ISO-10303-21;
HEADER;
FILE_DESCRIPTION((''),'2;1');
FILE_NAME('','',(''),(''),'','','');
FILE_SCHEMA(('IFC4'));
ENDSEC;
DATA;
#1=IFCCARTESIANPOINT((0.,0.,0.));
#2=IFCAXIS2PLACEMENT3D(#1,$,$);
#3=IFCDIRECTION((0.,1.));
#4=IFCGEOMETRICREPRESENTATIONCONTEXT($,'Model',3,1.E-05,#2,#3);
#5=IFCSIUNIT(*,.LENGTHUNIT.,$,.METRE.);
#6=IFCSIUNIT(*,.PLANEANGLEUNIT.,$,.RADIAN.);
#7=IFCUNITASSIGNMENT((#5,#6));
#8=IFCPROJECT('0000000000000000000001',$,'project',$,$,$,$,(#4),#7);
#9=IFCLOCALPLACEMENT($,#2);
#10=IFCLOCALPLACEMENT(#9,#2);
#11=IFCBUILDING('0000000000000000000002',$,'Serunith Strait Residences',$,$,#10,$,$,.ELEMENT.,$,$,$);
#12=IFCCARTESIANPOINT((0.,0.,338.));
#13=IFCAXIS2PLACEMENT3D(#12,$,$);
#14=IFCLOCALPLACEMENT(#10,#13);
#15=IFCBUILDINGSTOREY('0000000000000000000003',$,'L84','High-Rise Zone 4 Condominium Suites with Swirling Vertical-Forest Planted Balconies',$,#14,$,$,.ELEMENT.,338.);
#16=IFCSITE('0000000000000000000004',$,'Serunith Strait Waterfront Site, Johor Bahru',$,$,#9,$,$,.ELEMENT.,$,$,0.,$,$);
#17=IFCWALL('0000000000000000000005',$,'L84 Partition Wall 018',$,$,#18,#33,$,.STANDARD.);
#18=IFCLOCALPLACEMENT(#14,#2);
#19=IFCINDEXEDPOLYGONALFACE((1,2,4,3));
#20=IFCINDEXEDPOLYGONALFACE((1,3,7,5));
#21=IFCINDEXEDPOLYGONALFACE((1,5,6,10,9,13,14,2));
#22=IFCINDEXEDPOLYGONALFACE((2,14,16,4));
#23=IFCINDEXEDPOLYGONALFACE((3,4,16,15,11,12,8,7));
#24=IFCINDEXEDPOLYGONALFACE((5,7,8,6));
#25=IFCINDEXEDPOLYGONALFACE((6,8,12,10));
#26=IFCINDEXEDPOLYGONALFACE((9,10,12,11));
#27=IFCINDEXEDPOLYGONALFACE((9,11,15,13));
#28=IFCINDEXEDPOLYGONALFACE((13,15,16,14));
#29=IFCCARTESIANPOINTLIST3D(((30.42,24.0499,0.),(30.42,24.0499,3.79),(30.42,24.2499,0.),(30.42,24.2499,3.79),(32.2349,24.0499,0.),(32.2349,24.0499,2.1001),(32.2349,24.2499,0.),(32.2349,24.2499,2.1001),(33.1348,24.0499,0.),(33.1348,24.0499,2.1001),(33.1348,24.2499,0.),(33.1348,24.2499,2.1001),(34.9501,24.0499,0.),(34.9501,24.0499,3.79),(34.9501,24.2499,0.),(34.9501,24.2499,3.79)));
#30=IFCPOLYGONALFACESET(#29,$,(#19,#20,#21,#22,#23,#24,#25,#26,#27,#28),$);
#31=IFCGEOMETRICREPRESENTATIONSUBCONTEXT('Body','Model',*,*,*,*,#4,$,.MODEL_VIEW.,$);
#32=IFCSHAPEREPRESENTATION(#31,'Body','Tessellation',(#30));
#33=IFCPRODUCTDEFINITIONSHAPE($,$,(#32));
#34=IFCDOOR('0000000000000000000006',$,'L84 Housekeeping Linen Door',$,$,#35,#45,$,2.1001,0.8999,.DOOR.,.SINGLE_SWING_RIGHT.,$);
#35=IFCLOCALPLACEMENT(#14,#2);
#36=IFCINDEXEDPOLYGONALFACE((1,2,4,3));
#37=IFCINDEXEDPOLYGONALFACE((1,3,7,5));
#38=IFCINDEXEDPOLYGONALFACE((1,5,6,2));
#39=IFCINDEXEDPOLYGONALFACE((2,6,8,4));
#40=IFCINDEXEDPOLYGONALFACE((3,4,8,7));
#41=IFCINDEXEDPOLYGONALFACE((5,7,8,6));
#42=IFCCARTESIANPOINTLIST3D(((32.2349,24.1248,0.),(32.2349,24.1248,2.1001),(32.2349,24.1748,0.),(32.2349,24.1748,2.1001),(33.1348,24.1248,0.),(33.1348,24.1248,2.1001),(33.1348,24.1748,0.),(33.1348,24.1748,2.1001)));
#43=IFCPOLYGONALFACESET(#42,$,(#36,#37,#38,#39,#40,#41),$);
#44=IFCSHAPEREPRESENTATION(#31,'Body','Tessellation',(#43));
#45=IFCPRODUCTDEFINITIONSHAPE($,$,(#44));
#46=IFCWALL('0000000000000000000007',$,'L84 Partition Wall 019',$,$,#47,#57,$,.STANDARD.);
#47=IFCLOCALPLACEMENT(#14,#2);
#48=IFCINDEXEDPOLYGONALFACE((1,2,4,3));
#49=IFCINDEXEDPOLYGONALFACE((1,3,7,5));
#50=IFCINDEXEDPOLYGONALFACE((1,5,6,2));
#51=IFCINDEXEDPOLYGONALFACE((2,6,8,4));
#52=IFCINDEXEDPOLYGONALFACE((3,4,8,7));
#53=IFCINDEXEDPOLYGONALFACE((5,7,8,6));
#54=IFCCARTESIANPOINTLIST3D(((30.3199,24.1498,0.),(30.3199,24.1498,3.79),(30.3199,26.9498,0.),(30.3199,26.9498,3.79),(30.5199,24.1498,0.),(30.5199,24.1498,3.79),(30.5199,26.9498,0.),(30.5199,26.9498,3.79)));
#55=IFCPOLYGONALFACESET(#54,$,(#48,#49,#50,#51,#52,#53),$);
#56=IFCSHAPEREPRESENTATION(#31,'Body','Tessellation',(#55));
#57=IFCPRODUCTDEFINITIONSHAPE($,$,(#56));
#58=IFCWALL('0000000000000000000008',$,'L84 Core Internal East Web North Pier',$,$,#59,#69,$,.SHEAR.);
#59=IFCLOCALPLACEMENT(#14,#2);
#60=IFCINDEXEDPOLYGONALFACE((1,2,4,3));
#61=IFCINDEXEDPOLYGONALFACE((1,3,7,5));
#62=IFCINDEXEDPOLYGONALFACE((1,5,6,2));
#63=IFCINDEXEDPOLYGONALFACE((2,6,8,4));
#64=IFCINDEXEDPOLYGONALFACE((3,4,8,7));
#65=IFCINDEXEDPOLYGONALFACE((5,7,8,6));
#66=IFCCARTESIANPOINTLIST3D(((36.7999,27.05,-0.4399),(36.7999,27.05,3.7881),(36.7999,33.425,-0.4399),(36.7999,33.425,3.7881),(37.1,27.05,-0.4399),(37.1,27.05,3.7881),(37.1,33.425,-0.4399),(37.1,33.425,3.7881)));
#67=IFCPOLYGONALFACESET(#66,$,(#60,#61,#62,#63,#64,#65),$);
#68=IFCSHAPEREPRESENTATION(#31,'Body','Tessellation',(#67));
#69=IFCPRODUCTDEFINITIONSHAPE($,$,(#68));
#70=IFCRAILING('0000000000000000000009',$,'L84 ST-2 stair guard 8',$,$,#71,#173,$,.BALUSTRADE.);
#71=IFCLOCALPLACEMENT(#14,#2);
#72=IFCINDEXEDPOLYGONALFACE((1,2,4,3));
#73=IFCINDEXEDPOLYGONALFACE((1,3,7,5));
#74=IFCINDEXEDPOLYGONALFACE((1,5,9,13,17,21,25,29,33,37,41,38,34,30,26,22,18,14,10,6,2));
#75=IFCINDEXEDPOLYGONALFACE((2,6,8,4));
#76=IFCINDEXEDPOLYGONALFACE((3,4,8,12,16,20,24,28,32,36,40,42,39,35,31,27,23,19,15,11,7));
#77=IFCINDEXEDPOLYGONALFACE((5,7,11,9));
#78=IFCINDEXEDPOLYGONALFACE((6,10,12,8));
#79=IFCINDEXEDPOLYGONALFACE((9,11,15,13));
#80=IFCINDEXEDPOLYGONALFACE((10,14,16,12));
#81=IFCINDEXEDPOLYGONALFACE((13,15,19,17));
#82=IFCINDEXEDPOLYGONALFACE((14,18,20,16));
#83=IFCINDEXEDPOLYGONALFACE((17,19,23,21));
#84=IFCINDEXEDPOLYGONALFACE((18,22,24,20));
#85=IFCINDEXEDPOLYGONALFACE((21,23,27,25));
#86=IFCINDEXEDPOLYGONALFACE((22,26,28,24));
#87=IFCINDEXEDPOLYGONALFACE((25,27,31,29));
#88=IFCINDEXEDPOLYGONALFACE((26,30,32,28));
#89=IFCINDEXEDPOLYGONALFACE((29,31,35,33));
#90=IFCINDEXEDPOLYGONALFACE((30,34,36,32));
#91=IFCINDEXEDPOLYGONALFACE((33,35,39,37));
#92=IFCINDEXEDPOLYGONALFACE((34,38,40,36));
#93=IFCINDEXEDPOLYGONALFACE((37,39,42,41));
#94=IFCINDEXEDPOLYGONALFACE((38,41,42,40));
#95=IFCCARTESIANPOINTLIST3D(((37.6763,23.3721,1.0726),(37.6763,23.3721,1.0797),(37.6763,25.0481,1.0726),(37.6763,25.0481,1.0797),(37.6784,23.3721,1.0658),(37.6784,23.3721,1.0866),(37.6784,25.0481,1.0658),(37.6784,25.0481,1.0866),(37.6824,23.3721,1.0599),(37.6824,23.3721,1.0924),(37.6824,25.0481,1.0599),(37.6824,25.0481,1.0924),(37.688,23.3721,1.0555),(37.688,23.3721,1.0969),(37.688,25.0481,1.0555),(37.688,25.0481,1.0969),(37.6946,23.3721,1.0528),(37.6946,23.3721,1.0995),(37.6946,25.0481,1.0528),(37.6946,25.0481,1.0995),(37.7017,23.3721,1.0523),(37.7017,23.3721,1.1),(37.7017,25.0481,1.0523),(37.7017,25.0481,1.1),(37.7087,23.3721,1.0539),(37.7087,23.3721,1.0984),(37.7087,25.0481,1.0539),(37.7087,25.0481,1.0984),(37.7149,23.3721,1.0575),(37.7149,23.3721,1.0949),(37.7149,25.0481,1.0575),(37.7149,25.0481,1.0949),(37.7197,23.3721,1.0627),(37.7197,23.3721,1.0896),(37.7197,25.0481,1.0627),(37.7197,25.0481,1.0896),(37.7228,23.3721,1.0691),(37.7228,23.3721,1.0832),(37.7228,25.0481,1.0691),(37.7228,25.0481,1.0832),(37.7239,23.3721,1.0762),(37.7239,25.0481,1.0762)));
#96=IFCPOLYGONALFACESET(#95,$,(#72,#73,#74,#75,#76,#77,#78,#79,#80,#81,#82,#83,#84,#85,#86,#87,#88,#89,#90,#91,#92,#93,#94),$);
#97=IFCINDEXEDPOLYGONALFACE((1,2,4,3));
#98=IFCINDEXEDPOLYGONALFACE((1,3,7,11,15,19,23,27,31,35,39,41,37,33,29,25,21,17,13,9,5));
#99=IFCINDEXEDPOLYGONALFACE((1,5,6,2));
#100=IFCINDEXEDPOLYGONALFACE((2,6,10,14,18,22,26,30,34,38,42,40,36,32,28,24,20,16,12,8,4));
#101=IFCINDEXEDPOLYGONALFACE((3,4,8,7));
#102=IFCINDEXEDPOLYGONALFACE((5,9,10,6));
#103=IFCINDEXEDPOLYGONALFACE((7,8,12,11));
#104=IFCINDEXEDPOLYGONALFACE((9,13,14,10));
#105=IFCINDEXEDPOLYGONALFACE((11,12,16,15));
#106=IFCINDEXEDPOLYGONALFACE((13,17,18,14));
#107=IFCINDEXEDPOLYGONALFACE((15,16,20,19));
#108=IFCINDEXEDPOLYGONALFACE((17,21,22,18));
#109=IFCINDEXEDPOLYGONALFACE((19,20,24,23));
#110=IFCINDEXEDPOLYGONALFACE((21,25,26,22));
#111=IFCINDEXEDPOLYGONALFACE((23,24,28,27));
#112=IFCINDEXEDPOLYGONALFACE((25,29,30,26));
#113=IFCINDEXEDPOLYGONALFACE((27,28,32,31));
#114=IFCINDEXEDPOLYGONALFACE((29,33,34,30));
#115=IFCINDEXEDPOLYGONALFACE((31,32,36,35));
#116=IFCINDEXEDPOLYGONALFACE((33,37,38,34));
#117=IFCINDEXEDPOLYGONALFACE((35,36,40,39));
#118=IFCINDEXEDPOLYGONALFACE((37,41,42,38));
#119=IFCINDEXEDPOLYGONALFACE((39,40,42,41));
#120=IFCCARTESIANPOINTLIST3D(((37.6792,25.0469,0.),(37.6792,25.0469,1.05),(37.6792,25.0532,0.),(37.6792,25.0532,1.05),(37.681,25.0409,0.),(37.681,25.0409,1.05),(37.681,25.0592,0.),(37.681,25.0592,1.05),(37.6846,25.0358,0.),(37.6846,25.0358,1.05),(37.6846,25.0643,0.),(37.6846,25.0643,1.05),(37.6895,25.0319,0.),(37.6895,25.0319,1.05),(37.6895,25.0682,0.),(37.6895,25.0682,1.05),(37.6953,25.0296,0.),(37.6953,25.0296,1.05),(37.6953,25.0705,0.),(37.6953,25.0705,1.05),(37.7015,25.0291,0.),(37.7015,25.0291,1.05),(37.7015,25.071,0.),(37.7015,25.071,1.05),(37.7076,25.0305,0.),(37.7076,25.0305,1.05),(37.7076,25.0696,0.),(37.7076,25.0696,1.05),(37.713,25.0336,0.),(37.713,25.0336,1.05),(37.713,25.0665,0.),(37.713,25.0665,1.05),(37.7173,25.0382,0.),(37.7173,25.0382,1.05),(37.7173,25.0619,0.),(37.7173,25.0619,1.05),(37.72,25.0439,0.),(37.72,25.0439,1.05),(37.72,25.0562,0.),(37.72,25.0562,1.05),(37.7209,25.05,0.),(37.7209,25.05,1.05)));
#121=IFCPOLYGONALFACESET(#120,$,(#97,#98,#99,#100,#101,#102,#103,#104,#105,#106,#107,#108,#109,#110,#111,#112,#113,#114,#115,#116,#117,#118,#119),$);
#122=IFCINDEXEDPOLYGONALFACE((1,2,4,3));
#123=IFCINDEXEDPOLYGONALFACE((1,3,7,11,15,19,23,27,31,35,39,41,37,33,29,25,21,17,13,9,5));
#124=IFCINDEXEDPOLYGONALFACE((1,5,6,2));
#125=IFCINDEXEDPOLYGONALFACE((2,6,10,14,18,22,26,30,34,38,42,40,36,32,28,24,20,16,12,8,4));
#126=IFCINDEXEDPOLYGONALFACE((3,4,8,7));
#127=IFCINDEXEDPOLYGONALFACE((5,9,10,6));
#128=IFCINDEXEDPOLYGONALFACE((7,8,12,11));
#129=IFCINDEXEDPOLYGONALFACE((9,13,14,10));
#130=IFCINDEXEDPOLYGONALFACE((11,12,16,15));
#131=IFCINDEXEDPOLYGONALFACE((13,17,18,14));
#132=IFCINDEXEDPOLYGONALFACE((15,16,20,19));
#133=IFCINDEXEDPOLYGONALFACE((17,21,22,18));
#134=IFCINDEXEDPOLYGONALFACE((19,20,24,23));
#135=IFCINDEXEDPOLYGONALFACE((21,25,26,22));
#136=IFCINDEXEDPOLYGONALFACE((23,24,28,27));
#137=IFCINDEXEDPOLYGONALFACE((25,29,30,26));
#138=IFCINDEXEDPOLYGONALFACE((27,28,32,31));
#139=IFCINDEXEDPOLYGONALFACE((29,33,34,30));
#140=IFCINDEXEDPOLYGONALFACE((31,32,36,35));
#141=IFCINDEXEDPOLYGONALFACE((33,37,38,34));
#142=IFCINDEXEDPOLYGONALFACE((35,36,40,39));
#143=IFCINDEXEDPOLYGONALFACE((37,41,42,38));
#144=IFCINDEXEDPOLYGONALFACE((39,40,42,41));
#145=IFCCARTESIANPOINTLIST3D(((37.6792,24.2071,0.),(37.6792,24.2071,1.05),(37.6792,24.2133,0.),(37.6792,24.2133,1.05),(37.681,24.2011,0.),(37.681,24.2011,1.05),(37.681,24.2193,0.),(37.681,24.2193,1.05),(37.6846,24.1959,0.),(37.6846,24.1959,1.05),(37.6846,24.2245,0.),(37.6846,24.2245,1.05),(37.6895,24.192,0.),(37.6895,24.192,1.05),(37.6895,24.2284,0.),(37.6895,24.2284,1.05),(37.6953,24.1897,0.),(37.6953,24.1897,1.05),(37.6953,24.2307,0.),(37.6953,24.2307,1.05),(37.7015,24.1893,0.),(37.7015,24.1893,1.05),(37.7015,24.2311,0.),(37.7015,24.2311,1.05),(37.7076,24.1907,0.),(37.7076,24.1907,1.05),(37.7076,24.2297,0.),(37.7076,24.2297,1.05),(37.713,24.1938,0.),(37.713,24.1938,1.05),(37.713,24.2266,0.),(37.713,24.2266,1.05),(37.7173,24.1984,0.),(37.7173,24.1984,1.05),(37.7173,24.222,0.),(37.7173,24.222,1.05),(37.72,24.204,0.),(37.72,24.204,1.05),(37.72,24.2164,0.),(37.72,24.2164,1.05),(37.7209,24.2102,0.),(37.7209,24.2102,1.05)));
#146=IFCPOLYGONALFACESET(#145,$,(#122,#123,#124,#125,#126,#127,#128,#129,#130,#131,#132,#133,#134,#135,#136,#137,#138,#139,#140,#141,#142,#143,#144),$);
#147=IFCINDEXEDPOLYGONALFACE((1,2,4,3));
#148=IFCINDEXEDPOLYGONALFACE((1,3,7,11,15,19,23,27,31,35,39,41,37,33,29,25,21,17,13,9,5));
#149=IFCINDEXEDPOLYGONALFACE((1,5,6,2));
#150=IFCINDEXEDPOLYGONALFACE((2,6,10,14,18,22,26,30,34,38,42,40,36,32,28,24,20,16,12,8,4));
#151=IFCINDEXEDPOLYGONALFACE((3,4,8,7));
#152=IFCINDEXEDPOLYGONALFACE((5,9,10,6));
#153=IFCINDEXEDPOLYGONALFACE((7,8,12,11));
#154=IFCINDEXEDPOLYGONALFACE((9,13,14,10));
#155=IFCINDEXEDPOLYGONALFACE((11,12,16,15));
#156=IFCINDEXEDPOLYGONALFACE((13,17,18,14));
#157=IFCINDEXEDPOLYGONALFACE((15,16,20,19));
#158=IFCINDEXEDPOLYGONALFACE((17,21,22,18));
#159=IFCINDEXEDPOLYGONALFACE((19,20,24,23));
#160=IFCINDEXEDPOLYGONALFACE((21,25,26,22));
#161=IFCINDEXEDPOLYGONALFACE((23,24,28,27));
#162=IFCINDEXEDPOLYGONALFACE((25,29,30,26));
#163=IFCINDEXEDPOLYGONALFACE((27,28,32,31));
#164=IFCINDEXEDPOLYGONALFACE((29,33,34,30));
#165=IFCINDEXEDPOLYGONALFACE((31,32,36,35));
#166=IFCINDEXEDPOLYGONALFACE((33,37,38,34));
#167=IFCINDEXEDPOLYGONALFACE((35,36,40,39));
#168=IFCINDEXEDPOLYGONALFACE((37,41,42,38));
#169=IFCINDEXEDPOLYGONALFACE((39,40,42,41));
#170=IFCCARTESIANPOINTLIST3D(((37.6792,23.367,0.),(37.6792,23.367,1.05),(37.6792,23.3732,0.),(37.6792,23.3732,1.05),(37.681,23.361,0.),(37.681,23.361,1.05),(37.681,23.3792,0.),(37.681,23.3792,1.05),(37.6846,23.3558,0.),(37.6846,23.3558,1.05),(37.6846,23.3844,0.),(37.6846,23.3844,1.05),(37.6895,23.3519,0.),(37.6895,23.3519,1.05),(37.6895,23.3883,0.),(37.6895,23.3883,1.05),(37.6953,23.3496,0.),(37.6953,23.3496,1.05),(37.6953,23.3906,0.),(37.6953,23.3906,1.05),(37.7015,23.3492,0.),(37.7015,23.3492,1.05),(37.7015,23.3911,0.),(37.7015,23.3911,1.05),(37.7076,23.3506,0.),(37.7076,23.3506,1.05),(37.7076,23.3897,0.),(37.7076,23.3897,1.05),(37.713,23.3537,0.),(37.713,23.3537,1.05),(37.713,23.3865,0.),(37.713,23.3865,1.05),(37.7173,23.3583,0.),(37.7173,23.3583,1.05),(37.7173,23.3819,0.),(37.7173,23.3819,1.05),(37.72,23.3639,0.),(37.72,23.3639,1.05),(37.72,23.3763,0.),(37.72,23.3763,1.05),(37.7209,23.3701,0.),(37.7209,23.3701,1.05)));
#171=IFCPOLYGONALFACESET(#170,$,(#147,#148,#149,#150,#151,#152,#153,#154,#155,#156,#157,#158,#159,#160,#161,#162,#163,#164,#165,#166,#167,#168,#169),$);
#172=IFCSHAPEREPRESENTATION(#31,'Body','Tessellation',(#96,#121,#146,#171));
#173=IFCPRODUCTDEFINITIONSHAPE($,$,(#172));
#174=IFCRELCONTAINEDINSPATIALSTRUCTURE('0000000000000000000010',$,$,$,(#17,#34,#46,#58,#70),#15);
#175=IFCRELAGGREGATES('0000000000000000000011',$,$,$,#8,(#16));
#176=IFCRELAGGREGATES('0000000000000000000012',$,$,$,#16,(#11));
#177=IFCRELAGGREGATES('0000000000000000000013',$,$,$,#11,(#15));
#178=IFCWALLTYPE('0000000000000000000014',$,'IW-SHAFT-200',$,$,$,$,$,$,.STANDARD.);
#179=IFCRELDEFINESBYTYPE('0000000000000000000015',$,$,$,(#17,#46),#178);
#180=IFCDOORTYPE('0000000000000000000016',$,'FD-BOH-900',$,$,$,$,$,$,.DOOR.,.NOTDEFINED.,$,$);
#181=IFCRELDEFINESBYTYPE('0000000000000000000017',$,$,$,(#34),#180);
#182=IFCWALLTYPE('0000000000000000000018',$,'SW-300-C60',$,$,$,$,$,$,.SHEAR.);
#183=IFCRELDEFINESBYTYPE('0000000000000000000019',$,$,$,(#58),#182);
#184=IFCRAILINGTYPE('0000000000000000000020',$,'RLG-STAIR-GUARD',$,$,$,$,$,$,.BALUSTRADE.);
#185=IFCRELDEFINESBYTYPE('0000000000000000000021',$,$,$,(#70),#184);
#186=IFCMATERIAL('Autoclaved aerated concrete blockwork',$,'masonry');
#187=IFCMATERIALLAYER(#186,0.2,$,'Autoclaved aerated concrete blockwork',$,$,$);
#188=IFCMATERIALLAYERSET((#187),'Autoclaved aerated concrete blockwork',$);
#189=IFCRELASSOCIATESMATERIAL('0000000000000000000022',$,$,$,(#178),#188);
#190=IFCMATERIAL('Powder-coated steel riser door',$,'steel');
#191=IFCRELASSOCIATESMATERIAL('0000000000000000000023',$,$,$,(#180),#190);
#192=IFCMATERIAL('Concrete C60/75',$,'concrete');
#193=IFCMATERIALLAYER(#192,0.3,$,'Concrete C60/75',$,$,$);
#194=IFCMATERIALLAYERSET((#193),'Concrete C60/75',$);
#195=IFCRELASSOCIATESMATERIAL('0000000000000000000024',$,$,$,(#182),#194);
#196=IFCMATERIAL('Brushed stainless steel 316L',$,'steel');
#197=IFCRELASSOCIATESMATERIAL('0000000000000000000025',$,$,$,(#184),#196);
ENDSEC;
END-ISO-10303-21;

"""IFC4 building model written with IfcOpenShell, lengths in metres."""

from ifc_helpers import new_model, si_unit, direction, frame, frame_2d, origin, origin_2d, place, context, subcontext, project, spatial, rectangle, circle, extrude, source, transform, mapped, material, layer, layer_set, type_object, element, fill, save


model = new_model("IFC4")

# Units and contexts
model_context = context("Model", 3, precision=1e-05, world=origin(), true_north=direction((0.0, 1.0)))
body_context = subcontext(model_context, "Body", "Model", "MODEL_VIEW")
ifc_project = project(units=[si_unit("LENGTHUNIT", "METRE"), si_unit("PLANEANGLEUNIT", "RADIAN")], contexts=[model_context])

# Site, building, storey
site_placement = place(None, origin())
site = spatial("IfcSite", under=ifc_project, at=site_placement, Name="Serunith Strait Waterfront Site, Johor Bahru", CompositionType="ELEMENT", RefElevation=0.0)
building_placement = place(site_placement, origin())
building = spatial("IfcBuilding", under=site, at=building_placement, Name="Serunith Strait Residences", CompositionType="ELEMENT")
storey_placement = place(building_placement, frame((0.0, 0.0, 338.0)))
storey = spatial("IfcBuildingStorey", under=building, at=storey_placement, Name="L84", Description="High-Rise Zone 4 Condominium Suites with Swirling Vertical-Forest Planted Balconies", CompositionType="ELEMENT", Elevation=338.0)

# Shared definitions
ifc_material_1 = material(Name="Autoclaved aerated concrete blockwork", Category="masonry")
ifc_layer_1 = layer(ifc_material_1, 0.2, Name="Autoclaved aerated concrete blockwork")
ifc_layer_set_1 = layer_set([ifc_layer_1], Name="Autoclaved aerated concrete blockwork")
wall_type_1 = type_object("IfcWallType", Name="IW-SHAFT-200", PredefinedType="STANDARD", material=ifc_layer_set_1)

# Wall, opening, door
wall_1_placement = place(storey_placement, frame((30.4199, 24.1499, 0.0), z_axis=(0.0, 0.0, 1.0), x_axis=(1.0, 0.0, 0.0)))
wall_1 = element("IfcWall", 1, at=wall_1_placement, inside=storey, type_object=wall_type_1, Name="L84 Partition Wall 018", PredefinedType="STANDARD", context=body_context, shape_type="SweptSolid", body=[
    extrude(rectangle(XDim=4.53, YDim=0.2, at=frame_2d((2.2651, 0.0))), origin(), (0.0, 0.0, 1.0), 3.79),
])
opening_1_placement = place(wall_1_placement, frame((1.8149, 0.0, 0.0)))
opening_1 = element("IfcOpeningElement", 2, at=opening_1_placement, cuts=wall_1, PredefinedType="OPENING", context=body_context, shape_type="SweptSolid", body=[
    extrude(rectangle(XDim=0.8999, YDim=2.1001, at=frame_2d((0.45, 1.05))), frame((0.0, 0.1099, 0.0), z_axis=(0.0, -1.0, 0.0), x_axis=(1.0, 0.0, 0.0)), (0.0, 0.0, 1.0), 0.22),
])
ifc_material_2 = material(Name="Powder-coated steel riser door", Category="steel")
door_type_1 = type_object("IfcDoorType", Name="FD-BOH-900", OperationType="NOTDEFINED", PredefinedType="DOOR", material=ifc_material_2)
shared_shape_1 = source(origin(), body_context, "Body", "SweptSolid", [
    extrude(rectangle(XDim=0.8999, YDim=2.1001, at=frame_2d((0.45, 1.05))), frame((0.0, 0.0249, 0.0), z_axis=(0.0, -1.0, 0.0), x_axis=(1.0, 0.0, 0.0)), (0.0, 0.0, 1.0), 0.05),
])
door_1_placement = place(opening_1_placement, origin())
door_1 = element("IfcDoor", 3, at=door_1_placement, inside=storey, type_object=door_type_1, Name="L84 Housekeeping Linen Door", OperationType="SINGLE_SWING_RIGHT", OverallHeight=2.1001, OverallWidth=0.8999, PredefinedType="DOOR", context=body_context, shape_type="MappedRepresentation", body=[
    mapped(shared_shape_1, transform((0.0, 0.0, 0.0), scale=1.0)),
])
fill(opening_1, door_1)

# Walls
wall_2_placement = place(storey_placement, frame((30.4199, 24.1499, 0.0), z_axis=(0.0, 0.0, 1.0), x_axis=(0.0, 1.0, 0.0)))
element("IfcWall", 4, at=wall_2_placement, inside=storey, type_object=wall_type_1, Name="L84 Partition Wall 019", PredefinedType="STANDARD", context=body_context, shape_type="SweptSolid", body=[
    extrude(rectangle(XDim=2.8, YDim=0.2, at=frame_2d((1.3999, 0.0))), origin(), (0.0, 0.0, 1.0), 3.79),
])
ifc_material_3 = material(Name="Concrete C60/75", Category="concrete")
ifc_layer_2 = layer(ifc_material_3, 0.3, Name="Concrete C60/75")
ifc_layer_set_2 = layer_set([ifc_layer_2], Name="Concrete C60/75")
wall_type_2 = type_object("IfcWallType", Name="SW-300-C60", PredefinedType="SHEAR", material=ifc_layer_set_2)
wall_3_placement = place(storey_placement, frame((36.95, 27.05, -0.4399), z_axis=(0.0, 0.0, 1.0), x_axis=(0.0, 1.0, 0.0)))
element("IfcWall", 5, at=wall_3_placement, inside=storey, type_object=wall_type_2, Name="L84 Core Internal East Web North Pier", PredefinedType="SHEAR", context=body_context, shape_type="SweptSolid", body=[
    extrude(rectangle(XDim=6.375, YDim=0.3, at=frame_2d((3.1875, 0.0))), origin(), (0.0, 0.0, 1.0), 4.228),
])

# Railing
ifc_material_4 = material(Name="Brushed stainless steel 316L", Category="steel")
railing_type = type_object("IfcRailingType", Name="RLG-STAIR-GUARD", PredefinedType="BALUSTRADE", material=ifc_material_4)
for number, where, name in (
    (6, (37.7, 25.05, 0.0), "L84 ST-2 stair guard 8"),
):
    element("IfcRailing", number, at=place(storey_placement, frame(where)), inside=storey, type_object=railing_type, Name=name, PredefinedType="BALUSTRADE", context=body_context, shape_type="SweptSolid", body=[
        extrude(circle(Radius=0.0239, at=origin_2d()), frame((0.0, -0.002, 1.0762), z_axis=(0.0, -1.0, 0.0), x_axis=(1.0, 0.0, 0.0)), (0.0, 0.0, 1.0), 1.676),
        extrude(circle(Radius=0.021, at=origin_2d()), origin(), (0.0, 0.0, 1.0), 1.05),
        extrude(circle(Radius=0.021, at=origin_2d()), frame((0.0, -0.8398, 0.0)), (0.0, 0.0, 1.0), 1.05),
        extrude(circle(Radius=0.021, at=origin_2d()), frame((0.0, -1.6799, 0.0)), (0.0, 0.0, 1.0), 1.05),
    ])

save(model, "model.ifc")
